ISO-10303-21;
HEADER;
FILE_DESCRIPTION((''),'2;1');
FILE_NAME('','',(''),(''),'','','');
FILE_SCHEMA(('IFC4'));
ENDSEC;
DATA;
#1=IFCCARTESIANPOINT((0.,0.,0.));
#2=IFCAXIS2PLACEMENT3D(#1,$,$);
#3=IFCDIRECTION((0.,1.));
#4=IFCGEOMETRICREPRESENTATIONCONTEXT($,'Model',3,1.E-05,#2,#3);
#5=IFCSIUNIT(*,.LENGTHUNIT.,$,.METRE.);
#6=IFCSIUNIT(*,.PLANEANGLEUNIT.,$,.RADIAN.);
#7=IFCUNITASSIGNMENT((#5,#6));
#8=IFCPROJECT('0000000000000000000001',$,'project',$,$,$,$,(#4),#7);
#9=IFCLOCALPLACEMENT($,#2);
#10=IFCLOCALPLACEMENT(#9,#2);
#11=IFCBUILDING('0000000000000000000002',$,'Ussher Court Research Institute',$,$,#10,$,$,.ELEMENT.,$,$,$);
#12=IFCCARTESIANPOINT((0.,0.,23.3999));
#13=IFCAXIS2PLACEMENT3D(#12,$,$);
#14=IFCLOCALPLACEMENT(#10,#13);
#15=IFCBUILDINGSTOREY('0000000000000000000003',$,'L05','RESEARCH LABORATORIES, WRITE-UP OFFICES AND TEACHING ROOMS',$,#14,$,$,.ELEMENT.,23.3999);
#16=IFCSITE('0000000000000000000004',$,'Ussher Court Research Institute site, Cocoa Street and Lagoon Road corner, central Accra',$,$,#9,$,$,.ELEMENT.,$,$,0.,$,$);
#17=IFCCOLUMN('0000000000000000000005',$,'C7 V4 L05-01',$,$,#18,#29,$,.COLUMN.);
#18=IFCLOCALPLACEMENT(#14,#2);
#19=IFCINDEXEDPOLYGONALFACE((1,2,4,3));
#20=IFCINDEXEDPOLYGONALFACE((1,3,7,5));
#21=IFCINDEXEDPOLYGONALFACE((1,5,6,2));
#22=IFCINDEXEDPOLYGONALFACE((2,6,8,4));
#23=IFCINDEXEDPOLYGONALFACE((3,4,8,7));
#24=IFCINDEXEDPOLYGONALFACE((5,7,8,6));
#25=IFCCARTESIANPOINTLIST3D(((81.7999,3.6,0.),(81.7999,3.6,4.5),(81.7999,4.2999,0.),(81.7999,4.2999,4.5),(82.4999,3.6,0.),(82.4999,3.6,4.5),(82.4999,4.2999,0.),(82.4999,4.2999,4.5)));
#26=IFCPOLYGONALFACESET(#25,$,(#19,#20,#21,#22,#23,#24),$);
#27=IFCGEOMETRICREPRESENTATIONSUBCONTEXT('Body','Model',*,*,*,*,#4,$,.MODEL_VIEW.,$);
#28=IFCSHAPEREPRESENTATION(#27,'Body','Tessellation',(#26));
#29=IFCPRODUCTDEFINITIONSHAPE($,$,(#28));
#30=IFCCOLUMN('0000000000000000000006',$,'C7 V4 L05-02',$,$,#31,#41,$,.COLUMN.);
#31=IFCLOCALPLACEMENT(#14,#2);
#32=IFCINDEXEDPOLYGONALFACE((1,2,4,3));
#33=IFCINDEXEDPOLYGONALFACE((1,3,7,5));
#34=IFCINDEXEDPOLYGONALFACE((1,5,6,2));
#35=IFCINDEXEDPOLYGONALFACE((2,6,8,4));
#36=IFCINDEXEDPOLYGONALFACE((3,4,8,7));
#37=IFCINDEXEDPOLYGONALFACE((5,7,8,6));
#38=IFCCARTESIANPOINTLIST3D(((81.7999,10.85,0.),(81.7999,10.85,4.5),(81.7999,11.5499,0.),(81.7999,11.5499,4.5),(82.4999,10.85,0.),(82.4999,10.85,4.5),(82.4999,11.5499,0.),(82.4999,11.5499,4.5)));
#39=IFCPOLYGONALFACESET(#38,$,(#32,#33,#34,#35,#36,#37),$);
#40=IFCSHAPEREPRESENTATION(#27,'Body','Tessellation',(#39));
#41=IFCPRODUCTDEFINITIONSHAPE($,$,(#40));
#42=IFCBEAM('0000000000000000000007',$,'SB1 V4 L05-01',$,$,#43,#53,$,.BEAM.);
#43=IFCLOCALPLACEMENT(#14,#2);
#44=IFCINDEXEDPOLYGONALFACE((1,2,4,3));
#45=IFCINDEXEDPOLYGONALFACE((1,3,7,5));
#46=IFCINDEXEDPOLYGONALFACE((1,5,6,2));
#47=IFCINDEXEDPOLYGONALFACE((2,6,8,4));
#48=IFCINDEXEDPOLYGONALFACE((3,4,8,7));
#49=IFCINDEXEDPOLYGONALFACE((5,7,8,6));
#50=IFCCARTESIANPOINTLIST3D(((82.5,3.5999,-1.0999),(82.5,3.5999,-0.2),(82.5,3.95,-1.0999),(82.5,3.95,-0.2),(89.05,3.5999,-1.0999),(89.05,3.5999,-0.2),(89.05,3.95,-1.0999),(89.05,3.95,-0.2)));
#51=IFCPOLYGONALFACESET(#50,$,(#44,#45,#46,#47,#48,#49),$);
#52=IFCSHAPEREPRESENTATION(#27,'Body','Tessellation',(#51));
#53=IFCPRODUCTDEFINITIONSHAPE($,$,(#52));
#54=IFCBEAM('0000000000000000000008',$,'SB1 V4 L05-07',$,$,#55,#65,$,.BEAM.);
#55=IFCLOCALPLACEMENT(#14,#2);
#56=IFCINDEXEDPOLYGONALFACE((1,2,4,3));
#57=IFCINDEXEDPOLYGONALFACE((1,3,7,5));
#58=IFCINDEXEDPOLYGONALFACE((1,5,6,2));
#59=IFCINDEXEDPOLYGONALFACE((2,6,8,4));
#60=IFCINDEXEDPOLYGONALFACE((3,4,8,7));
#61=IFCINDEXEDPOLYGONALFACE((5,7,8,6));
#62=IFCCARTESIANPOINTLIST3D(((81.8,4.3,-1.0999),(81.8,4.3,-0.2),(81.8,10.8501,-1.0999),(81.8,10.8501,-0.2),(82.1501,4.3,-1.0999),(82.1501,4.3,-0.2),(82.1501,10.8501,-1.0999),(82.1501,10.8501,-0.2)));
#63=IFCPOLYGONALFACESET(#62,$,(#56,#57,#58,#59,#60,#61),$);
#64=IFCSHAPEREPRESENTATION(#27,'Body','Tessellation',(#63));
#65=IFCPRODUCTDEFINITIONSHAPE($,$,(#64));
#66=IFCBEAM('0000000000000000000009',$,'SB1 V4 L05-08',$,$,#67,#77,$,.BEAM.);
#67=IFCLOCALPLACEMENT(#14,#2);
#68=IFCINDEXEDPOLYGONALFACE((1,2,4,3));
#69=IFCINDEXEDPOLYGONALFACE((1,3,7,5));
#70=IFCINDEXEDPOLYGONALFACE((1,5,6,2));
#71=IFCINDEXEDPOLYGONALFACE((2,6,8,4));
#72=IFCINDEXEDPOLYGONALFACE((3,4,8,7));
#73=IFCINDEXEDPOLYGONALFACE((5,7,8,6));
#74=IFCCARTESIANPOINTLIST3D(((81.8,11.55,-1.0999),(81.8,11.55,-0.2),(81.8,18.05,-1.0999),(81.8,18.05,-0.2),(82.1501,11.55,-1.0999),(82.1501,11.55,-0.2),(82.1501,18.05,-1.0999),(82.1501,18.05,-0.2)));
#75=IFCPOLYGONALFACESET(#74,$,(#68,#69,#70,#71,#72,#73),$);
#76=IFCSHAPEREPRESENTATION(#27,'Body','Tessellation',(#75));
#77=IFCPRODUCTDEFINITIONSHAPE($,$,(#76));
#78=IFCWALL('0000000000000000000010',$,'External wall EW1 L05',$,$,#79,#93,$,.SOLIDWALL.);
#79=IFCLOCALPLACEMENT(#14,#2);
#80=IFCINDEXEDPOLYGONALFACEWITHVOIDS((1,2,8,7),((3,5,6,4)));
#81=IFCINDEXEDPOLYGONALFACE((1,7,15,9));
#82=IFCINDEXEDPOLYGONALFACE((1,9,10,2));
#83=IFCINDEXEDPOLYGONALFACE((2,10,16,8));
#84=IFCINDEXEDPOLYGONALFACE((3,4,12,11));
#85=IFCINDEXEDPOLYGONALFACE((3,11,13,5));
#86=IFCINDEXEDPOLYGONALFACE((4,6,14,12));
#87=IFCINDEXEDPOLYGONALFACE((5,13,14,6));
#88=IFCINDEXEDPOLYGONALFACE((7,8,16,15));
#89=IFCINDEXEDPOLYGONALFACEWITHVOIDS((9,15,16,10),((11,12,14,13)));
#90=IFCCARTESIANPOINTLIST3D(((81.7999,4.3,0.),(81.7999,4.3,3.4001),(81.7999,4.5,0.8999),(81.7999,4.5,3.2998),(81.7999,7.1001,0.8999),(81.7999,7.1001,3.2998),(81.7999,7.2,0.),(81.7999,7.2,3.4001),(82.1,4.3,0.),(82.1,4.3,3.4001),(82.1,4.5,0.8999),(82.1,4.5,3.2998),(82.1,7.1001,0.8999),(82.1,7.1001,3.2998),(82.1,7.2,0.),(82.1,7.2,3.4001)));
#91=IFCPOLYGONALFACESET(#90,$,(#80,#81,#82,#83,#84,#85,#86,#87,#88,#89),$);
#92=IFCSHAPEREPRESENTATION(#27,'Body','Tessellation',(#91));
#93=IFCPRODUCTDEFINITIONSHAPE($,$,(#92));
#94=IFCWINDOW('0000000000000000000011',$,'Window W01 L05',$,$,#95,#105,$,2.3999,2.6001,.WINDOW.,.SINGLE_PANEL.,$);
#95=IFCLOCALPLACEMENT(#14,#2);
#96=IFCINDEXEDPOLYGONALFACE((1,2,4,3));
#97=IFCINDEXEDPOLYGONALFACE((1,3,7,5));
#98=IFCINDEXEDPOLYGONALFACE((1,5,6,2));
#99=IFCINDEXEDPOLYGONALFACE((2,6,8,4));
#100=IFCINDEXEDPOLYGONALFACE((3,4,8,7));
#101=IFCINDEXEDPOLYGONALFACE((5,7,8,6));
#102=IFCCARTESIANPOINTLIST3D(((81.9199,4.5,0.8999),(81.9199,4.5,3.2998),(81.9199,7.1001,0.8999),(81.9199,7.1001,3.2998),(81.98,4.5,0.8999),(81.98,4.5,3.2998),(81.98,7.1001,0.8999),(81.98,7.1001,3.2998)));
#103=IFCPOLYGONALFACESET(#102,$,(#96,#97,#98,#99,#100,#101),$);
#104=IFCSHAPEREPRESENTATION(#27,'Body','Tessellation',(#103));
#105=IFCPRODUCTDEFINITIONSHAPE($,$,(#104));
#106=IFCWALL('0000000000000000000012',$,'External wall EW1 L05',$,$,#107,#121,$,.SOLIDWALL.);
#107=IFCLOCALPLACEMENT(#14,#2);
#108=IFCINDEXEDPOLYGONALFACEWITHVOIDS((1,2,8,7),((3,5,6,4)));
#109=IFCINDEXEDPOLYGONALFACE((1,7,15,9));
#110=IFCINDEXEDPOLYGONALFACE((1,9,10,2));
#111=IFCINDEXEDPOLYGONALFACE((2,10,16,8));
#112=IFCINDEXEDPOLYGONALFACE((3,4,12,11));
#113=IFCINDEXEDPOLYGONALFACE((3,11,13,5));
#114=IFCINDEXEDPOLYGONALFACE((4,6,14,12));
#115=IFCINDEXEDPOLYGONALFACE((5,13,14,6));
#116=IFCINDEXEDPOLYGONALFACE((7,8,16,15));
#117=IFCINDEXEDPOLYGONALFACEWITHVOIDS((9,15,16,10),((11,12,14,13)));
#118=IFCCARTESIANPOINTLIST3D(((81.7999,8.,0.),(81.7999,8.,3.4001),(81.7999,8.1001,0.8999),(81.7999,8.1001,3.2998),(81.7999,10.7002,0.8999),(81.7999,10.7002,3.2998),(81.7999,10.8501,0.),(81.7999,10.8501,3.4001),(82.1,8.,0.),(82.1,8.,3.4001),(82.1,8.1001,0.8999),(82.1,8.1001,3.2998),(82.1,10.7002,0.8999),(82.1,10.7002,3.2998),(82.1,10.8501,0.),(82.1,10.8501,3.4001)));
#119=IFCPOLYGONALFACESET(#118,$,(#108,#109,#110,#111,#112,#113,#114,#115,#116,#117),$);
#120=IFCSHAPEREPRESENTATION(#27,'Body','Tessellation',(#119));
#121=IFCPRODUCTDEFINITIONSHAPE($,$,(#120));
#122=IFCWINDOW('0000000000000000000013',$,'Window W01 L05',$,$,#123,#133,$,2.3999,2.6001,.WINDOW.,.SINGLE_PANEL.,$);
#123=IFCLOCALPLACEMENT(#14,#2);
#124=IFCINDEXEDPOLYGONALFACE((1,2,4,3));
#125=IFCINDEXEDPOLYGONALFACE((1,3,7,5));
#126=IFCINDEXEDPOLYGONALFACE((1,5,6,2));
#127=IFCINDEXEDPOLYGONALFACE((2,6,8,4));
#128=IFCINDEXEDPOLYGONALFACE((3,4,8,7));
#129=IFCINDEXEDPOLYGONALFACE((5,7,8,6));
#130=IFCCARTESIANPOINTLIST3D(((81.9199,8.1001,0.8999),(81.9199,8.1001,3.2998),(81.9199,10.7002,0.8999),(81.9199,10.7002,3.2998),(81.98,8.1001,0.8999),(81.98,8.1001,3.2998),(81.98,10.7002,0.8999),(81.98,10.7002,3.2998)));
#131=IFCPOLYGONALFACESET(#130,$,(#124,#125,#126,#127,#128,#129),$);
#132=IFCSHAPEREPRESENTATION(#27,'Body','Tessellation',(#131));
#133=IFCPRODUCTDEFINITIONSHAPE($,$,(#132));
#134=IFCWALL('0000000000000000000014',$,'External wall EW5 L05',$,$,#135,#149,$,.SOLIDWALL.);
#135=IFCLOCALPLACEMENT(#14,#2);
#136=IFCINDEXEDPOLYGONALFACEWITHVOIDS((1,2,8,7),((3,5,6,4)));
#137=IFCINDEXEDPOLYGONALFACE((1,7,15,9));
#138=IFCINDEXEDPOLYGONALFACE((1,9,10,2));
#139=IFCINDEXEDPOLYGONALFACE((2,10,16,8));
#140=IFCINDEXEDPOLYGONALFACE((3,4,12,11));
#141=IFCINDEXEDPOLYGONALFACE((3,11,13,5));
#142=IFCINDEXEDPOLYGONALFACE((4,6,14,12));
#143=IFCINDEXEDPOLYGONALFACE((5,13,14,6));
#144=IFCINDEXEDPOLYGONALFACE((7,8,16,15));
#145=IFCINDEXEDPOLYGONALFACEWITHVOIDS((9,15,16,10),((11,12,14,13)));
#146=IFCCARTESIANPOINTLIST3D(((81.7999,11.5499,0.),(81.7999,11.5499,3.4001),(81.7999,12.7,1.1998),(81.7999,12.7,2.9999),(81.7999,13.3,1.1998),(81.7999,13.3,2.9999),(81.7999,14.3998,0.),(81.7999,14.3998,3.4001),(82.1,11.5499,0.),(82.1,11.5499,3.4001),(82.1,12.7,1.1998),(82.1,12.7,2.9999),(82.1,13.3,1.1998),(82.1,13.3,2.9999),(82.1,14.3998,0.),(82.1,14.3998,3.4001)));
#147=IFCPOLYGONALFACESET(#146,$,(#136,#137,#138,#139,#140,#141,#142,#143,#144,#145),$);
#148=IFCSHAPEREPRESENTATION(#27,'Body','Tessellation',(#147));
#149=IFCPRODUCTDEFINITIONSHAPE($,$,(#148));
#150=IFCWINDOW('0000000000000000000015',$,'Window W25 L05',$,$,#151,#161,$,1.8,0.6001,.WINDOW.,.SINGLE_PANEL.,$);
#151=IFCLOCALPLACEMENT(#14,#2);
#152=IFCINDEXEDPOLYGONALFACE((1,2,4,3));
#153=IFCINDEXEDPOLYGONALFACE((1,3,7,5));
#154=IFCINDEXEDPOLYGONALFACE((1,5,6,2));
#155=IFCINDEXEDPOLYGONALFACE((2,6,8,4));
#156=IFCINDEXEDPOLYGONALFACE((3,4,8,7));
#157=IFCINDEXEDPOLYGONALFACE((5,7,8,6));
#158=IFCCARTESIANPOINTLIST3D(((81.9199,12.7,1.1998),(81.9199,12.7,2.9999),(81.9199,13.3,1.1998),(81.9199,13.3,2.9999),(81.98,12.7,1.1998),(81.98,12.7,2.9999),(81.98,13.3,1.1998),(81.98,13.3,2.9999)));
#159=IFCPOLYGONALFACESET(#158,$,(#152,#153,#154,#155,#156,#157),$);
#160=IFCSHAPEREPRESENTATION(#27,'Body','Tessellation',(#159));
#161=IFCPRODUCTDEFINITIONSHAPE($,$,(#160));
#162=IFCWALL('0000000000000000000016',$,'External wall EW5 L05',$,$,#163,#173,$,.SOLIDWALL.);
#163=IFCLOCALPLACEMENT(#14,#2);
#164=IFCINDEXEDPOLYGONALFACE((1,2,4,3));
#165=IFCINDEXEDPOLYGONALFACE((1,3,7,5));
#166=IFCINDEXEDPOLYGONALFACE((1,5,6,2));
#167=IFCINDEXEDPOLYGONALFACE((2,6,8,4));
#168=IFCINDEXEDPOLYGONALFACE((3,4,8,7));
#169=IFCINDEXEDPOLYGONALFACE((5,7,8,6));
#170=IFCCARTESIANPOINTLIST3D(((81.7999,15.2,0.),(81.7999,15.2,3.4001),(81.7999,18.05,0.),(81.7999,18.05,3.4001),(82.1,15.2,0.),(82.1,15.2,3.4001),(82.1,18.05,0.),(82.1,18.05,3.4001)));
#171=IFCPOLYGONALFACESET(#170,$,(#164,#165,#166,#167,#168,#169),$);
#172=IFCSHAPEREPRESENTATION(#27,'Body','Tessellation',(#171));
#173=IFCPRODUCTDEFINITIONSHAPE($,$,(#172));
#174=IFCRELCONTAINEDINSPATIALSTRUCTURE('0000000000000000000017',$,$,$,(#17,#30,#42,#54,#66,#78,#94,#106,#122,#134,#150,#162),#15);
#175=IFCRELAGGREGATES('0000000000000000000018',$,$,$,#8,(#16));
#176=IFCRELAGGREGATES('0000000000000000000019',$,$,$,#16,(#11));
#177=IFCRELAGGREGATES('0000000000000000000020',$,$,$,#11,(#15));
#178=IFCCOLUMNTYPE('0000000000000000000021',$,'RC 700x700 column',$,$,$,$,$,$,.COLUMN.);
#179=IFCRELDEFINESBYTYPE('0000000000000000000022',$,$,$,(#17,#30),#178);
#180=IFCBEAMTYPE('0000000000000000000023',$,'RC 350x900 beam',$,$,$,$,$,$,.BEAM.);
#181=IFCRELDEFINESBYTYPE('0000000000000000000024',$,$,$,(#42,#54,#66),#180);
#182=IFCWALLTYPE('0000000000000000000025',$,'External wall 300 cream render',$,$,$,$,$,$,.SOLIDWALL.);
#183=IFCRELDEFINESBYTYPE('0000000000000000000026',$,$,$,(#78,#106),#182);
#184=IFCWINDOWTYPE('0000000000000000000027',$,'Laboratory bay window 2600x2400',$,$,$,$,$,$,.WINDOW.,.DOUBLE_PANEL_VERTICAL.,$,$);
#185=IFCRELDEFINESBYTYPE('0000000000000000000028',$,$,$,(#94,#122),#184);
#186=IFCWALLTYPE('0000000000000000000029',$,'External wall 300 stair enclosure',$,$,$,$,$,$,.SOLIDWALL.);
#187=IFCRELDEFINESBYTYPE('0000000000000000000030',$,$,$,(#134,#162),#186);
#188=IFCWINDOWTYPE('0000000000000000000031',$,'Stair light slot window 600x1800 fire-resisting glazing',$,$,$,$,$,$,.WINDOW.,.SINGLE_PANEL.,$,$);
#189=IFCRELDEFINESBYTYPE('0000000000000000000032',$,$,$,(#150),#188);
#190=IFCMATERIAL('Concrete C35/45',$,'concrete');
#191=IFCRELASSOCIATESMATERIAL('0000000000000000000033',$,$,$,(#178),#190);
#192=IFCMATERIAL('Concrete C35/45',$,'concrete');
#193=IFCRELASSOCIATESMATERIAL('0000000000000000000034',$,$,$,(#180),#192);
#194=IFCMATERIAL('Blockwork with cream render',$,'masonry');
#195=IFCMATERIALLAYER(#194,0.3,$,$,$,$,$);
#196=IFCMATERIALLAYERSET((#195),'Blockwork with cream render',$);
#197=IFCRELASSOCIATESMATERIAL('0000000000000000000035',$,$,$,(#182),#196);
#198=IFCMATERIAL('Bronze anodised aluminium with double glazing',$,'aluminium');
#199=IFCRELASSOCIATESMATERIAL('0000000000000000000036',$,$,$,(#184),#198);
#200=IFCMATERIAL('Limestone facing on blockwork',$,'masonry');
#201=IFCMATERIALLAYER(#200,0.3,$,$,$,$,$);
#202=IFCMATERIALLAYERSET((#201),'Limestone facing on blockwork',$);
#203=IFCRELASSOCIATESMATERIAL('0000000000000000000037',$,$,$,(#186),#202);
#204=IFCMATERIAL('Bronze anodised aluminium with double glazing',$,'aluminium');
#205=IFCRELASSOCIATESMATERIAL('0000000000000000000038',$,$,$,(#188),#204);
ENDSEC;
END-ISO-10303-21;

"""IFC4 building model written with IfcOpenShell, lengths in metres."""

from ifc_helpers import new_model, si_unit, direction, frame, frame_2d, origin, origin_2d, place, context, subcontext, project, spatial, rectangle, extrude, material, layer, layer_set, material_profile, profile_set, type_object, element, fill, save


model = new_model("IFC4")

# Units and contexts
model_context = context("Model", 3, precision=1e-05, world=origin(), true_north=direction((0.0, 1.0)))
body_context = subcontext(model_context, "Body", "Model", "MODEL_VIEW")
ifc_project = project(units=[si_unit("LENGTHUNIT", "METRE"), si_unit("PLANEANGLEUNIT", "RADIAN")], contexts=[model_context])

# Site, building, storey
site_placement = place(None, origin())
site = spatial("IfcSite", under=ifc_project, at=site_placement, Name="Ussher Court Research Institute site, Cocoa Street and Lagoon Road corner, central Accra", CompositionType="ELEMENT", RefElevation=0.0)
building_placement = place(site_placement, origin())
building = spatial("IfcBuilding", under=site, at=building_placement, Name="Ussher Court Research Institute", CompositionType="ELEMENT")
storey_placement = place(building_placement, frame((0.0, 0.0, 23.3999)))
storey = spatial("IfcBuildingStorey", under=building, at=storey_placement, Name="L05", Description="RESEARCH LABORATORIES, WRITE-UP OFFICES AND TEACHING ROOMS", CompositionType="ELEMENT", Elevation=23.3999)

# Columns
ifc_material_1 = material(Name="Concrete C35/45", Category="concrete")
ifc_material_profile_1 = material_profile(ifc_material_1, rectangle(XDim=0.7, YDim=0.7, at=origin_2d()), Name="RC 700x700")
ifc_profile_set_1 = profile_set([ifc_material_profile_1], Name="Concrete C35/45")
column_type = type_object("IfcColumnType", Name="RC 700x700 column", PredefinedType="COLUMN", material=ifc_profile_set_1)
for number, where, z_axis, x_axis, name in (
    (1, (82.1499, 3.95, 0.0), (0.0, 0.0, 1.0), (1.0, 0.0, 0.0), "C7 V4 L05-01"),
    (2, (82.1499, 11.2, 0.0), (0.0, 0.0, 1.0), (1.0, 0.0, 0.0), "C7 V4 L05-02"),
):
    element("IfcColumn", number, at=place(storey_placement, frame(where, z_axis=z_axis, x_axis=x_axis)), inside=storey, type_object=column_type, Name=name, PredefinedType="COLUMN", context=body_context, shape_type="SweptSolid", body=[
        extrude(rectangle(XDim=0.7, YDim=0.7, at=origin_2d()), origin(), (0.0, 0.0, 1.0), 4.5),
    ])

# Beams
ifc_material_2 = material(Name="Concrete C35/45", Category="concrete")
ifc_material_profile_2 = material_profile(ifc_material_2, rectangle(XDim=0.3501, YDim=0.8999, at=origin_2d()), Name="RC 350x900")
ifc_profile_set_2 = profile_set([ifc_material_profile_2], Name="Concrete C35/45")
beam_type = type_object("IfcBeamType", Name="RC 350x900 beam", PredefinedType="BEAM", material=ifc_profile_set_2)
for number, where, z_axis, x_axis, name in (
    (3, (82.5, 3.7749, -0.6499), (1.0, 0.0, 0.0), (0.0, 1.0, 0.0), "SB1 V4 L05-01"),
    (4, (81.9751, 4.3, -0.6499), (0.0, 1.0, 0.0), (-1.0, 0.0, 0.0), "SB1 V4 L05-07"),
):
    element("IfcBeam", number, at=place(storey_placement, frame(where, z_axis=z_axis, x_axis=x_axis)), inside=storey, type_object=beam_type, Name=name, PredefinedType="BEAM", context=body_context, shape_type="SweptSolid", body=[
        extrude(rectangle(XDim=0.3501, YDim=0.8999, at=origin_2d()), origin(), (0.0, 0.0, 1.0), 6.55),
    ])
beam_placement = place(storey_placement, frame((81.9751, 11.55, -0.6499), z_axis=(0.0, 1.0, 0.0), x_axis=(-1.0, 0.0, 0.0)))
element("IfcBeam", 5, at=beam_placement, inside=storey, type_object=beam_type, Name="SB1 V4 L05-08", PredefinedType="BEAM", context=body_context, shape_type="SweptSolid", body=[
    extrude(rectangle(XDim=0.3501, YDim=0.8999, at=origin_2d()), origin(), (0.0, 0.0, 1.0), 6.5),
])

# Walls, openings, windows
ifc_material_3 = material(Name="Blockwork with cream render", Category="masonry")
ifc_layer_1 = layer(ifc_material_3, 0.3)
ifc_layer_set_1 = layer_set([ifc_layer_1], Name="Blockwork with cream render")
wall_type_1 = type_object("IfcWallType", Name="External wall 300 cream render", PredefinedType="SOLIDWALL", material=ifc_layer_set_1)
wall_1_placement = place(storey_placement, frame((81.95, 4.3, 0.0), z_axis=(0.0, 0.0, 1.0), x_axis=(0.0, 1.0, 0.0)))
wall_1 = element("IfcWall", 6, at=wall_1_placement, inside=storey, type_object=wall_type_1, Name="External wall EW1 L05", PredefinedType="SOLIDWALL", context=body_context, shape_type="SweptSolid", body=[
    extrude(rectangle(XDim=2.8999, YDim=0.3, at=frame_2d((1.45, 0.0))), origin(), (0.0, 0.0, 1.0), 3.4001),
])
opening_1_placement = place(wall_1_placement, frame((0.2, 0.0, 0.8999)))
opening_1 = element("IfcOpeningElement", 7, at=opening_1_placement, cuts=wall_1, PredefinedType="OPENING", context=body_context, shape_type="SweptSolid", body=[
    extrude(rectangle(XDim=2.6001, YDim=2.3999, at=frame_2d((1.3, 1.2))), frame((0.0, 0.1602, 0.0), z_axis=(0.0, -1.0, 0.0), x_axis=(1.0, 0.0, 0.0)), (0.0, 0.0, 1.0), 0.3201),
])
ifc_material_4 = material(Name="Bronze anodised aluminium with double glazing", Category="aluminium")
window_type_1 = type_object("IfcWindowType", Name="Laboratory bay window 2600x2400", PartitioningType="DOUBLE_PANEL_VERTICAL", PredefinedType="WINDOW", material=ifc_material_4)
window_1_placement = place(opening_1_placement, origin())
window_1 = element("IfcWindow", 8, at=window_1_placement, inside=storey, type_object=window_type_1, Name="Window W01 L05", OverallHeight=2.3999, OverallWidth=2.6001, PartitioningType="SINGLE_PANEL", PredefinedType="WINDOW", context=body_context, shape_type="SweptSolid", body=[
    extrude(rectangle(XDim=2.6001, YDim=2.3999, at=frame_2d((1.3, 1.2))), frame((0.0, 0.03, 0.0), z_axis=(0.0, -1.0, 0.0), x_axis=(1.0, 0.0, 0.0)), (0.0, 0.0, 1.0), 0.0601),
])
fill(opening_1, window_1)
wall_2_placement = place(storey_placement, frame((81.95, 8.0, 0.0), z_axis=(0.0, 0.0, 1.0), x_axis=(0.0, 1.0, 0.0)))
wall_2 = element("IfcWall", 9, at=wall_2_placement, inside=storey, type_object=wall_type_1, Name="External wall EW1 L05", PredefinedType="SOLIDWALL", context=body_context, shape_type="SweptSolid", body=[
    extrude(rectangle(XDim=2.8501, YDim=0.3, at=frame_2d((1.425, 0.0))), origin(), (0.0, 0.0, 1.0), 3.4001),
])
opening_2_placement = place(wall_2_placement, frame((0.1001, 0.0, 0.8999)))
opening_2 = element("IfcOpeningElement", 10, at=opening_2_placement, cuts=wall_2, PredefinedType="OPENING", context=body_context, shape_type="SweptSolid", body=[
    extrude(rectangle(XDim=2.6001, YDim=2.3999, at=frame_2d((1.3, 1.2))), frame((0.0, 0.1602, 0.0), z_axis=(0.0, -1.0, 0.0), x_axis=(1.0, 0.0, 0.0)), (0.0, 0.0, 1.0), 0.3201),
])
window_2_placement = place(opening_2_placement, origin())
window_2 = element("IfcWindow", 11, at=window_2_placement, inside=storey, type_object=window_type_1, Name="Window W01 L05", OverallHeight=2.3999, OverallWidth=2.6001, PartitioningType="SINGLE_PANEL", PredefinedType="WINDOW", context=body_context, shape_type="SweptSolid", body=[
    extrude(rectangle(XDim=2.6001, YDim=2.3999, at=frame_2d((1.3, 1.2))), frame((0.0, 0.03, 0.0), z_axis=(0.0, -1.0, 0.0), x_axis=(1.0, 0.0, 0.0)), (0.0, 0.0, 1.0), 0.0601),
])
fill(opening_2, window_2)
ifc_material_5 = material(Name="Limestone facing on blockwork", Category="masonry")
ifc_layer_2 = layer(ifc_material_5, 0.3)
ifc_layer_set_2 = layer_set([ifc_layer_2], Name="Limestone facing on blockwork")
wall_type_2 = type_object("IfcWallType", Name="External wall 300 stair enclosure", PredefinedType="SOLIDWALL", material=ifc_layer_set_2)
wall_3_placement = place(storey_placement, frame((81.95, 11.55, 0.0), z_axis=(0.0, 0.0, 1.0), x_axis=(0.0, 1.0, 0.0)))
wall_3 = element("IfcWall", 12, at=wall_3_placement, inside=storey, type_object=wall_type_2, Name="External wall EW5 L05", PredefinedType="SOLIDWALL", context=body_context, shape_type="SweptSolid", body=[
    extrude(rectangle(XDim=2.8499, YDim=0.3, at=frame_2d((1.4248, 0.0))), origin(), (0.0, 0.0, 1.0), 3.4001),
])
opening_3_placement = place(wall_3_placement, frame((1.1499, 0.0, 1.2)))
opening_3 = element("IfcOpeningElement", 13, at=opening_3_placement, cuts=wall_3, PredefinedType="OPENING", context=body_context, shape_type="SweptSolid", body=[
    extrude(rectangle(XDim=0.6001, YDim=1.8, at=frame_2d((0.3, 0.8999))), frame((0.0, 0.1602, 0.0), z_axis=(0.0, -1.0, 0.0), x_axis=(1.0, 0.0, 0.0)), (0.0, 0.0, 1.0), 0.3201),
])
ifc_material_6 = material(Name="Bronze anodised aluminium with double glazing", Category="aluminium")
window_type_2 = type_object("IfcWindowType", Name="Stair light slot window 600x1800 fire-resisting glazing", PartitioningType="SINGLE_PANEL", PredefinedType="WINDOW", material=ifc_material_6)
window_3_placement = place(opening_3_placement, origin())
window_3 = element("IfcWindow", 14, at=window_3_placement, inside=storey, type_object=window_type_2, Name="Window W25 L05", OverallHeight=1.8, OverallWidth=0.6001, PartitioningType="SINGLE_PANEL", PredefinedType="WINDOW", context=body_context, shape_type="SweptSolid", body=[
    extrude(rectangle(XDim=0.6001, YDim=1.8, at=frame_2d((0.3, 0.8999))), frame((0.0, 0.03, 0.0), z_axis=(0.0, -1.0, 0.0), x_axis=(1.0, 0.0, 0.0)), (0.0, 0.0, 1.0), 0.0601),
])
fill(opening_3, window_3)

# Wall
wall_4_placement = place(storey_placement, frame((81.95, 15.2, 0.0), z_axis=(0.0, 0.0, 1.0), x_axis=(0.0, 1.0, 0.0)))
element("IfcWall", 15, at=wall_4_placement, inside=storey, type_object=wall_type_2, Name="External wall EW5 L05", PredefinedType="SOLIDWALL", context=body_context, shape_type="SweptSolid", body=[
    extrude(rectangle(XDim=2.8501, YDim=0.3, at=frame_2d((1.425, 0.0))), origin(), (0.0, 0.0, 1.0), 3.4001),
])

save(model, "model.ifc")
